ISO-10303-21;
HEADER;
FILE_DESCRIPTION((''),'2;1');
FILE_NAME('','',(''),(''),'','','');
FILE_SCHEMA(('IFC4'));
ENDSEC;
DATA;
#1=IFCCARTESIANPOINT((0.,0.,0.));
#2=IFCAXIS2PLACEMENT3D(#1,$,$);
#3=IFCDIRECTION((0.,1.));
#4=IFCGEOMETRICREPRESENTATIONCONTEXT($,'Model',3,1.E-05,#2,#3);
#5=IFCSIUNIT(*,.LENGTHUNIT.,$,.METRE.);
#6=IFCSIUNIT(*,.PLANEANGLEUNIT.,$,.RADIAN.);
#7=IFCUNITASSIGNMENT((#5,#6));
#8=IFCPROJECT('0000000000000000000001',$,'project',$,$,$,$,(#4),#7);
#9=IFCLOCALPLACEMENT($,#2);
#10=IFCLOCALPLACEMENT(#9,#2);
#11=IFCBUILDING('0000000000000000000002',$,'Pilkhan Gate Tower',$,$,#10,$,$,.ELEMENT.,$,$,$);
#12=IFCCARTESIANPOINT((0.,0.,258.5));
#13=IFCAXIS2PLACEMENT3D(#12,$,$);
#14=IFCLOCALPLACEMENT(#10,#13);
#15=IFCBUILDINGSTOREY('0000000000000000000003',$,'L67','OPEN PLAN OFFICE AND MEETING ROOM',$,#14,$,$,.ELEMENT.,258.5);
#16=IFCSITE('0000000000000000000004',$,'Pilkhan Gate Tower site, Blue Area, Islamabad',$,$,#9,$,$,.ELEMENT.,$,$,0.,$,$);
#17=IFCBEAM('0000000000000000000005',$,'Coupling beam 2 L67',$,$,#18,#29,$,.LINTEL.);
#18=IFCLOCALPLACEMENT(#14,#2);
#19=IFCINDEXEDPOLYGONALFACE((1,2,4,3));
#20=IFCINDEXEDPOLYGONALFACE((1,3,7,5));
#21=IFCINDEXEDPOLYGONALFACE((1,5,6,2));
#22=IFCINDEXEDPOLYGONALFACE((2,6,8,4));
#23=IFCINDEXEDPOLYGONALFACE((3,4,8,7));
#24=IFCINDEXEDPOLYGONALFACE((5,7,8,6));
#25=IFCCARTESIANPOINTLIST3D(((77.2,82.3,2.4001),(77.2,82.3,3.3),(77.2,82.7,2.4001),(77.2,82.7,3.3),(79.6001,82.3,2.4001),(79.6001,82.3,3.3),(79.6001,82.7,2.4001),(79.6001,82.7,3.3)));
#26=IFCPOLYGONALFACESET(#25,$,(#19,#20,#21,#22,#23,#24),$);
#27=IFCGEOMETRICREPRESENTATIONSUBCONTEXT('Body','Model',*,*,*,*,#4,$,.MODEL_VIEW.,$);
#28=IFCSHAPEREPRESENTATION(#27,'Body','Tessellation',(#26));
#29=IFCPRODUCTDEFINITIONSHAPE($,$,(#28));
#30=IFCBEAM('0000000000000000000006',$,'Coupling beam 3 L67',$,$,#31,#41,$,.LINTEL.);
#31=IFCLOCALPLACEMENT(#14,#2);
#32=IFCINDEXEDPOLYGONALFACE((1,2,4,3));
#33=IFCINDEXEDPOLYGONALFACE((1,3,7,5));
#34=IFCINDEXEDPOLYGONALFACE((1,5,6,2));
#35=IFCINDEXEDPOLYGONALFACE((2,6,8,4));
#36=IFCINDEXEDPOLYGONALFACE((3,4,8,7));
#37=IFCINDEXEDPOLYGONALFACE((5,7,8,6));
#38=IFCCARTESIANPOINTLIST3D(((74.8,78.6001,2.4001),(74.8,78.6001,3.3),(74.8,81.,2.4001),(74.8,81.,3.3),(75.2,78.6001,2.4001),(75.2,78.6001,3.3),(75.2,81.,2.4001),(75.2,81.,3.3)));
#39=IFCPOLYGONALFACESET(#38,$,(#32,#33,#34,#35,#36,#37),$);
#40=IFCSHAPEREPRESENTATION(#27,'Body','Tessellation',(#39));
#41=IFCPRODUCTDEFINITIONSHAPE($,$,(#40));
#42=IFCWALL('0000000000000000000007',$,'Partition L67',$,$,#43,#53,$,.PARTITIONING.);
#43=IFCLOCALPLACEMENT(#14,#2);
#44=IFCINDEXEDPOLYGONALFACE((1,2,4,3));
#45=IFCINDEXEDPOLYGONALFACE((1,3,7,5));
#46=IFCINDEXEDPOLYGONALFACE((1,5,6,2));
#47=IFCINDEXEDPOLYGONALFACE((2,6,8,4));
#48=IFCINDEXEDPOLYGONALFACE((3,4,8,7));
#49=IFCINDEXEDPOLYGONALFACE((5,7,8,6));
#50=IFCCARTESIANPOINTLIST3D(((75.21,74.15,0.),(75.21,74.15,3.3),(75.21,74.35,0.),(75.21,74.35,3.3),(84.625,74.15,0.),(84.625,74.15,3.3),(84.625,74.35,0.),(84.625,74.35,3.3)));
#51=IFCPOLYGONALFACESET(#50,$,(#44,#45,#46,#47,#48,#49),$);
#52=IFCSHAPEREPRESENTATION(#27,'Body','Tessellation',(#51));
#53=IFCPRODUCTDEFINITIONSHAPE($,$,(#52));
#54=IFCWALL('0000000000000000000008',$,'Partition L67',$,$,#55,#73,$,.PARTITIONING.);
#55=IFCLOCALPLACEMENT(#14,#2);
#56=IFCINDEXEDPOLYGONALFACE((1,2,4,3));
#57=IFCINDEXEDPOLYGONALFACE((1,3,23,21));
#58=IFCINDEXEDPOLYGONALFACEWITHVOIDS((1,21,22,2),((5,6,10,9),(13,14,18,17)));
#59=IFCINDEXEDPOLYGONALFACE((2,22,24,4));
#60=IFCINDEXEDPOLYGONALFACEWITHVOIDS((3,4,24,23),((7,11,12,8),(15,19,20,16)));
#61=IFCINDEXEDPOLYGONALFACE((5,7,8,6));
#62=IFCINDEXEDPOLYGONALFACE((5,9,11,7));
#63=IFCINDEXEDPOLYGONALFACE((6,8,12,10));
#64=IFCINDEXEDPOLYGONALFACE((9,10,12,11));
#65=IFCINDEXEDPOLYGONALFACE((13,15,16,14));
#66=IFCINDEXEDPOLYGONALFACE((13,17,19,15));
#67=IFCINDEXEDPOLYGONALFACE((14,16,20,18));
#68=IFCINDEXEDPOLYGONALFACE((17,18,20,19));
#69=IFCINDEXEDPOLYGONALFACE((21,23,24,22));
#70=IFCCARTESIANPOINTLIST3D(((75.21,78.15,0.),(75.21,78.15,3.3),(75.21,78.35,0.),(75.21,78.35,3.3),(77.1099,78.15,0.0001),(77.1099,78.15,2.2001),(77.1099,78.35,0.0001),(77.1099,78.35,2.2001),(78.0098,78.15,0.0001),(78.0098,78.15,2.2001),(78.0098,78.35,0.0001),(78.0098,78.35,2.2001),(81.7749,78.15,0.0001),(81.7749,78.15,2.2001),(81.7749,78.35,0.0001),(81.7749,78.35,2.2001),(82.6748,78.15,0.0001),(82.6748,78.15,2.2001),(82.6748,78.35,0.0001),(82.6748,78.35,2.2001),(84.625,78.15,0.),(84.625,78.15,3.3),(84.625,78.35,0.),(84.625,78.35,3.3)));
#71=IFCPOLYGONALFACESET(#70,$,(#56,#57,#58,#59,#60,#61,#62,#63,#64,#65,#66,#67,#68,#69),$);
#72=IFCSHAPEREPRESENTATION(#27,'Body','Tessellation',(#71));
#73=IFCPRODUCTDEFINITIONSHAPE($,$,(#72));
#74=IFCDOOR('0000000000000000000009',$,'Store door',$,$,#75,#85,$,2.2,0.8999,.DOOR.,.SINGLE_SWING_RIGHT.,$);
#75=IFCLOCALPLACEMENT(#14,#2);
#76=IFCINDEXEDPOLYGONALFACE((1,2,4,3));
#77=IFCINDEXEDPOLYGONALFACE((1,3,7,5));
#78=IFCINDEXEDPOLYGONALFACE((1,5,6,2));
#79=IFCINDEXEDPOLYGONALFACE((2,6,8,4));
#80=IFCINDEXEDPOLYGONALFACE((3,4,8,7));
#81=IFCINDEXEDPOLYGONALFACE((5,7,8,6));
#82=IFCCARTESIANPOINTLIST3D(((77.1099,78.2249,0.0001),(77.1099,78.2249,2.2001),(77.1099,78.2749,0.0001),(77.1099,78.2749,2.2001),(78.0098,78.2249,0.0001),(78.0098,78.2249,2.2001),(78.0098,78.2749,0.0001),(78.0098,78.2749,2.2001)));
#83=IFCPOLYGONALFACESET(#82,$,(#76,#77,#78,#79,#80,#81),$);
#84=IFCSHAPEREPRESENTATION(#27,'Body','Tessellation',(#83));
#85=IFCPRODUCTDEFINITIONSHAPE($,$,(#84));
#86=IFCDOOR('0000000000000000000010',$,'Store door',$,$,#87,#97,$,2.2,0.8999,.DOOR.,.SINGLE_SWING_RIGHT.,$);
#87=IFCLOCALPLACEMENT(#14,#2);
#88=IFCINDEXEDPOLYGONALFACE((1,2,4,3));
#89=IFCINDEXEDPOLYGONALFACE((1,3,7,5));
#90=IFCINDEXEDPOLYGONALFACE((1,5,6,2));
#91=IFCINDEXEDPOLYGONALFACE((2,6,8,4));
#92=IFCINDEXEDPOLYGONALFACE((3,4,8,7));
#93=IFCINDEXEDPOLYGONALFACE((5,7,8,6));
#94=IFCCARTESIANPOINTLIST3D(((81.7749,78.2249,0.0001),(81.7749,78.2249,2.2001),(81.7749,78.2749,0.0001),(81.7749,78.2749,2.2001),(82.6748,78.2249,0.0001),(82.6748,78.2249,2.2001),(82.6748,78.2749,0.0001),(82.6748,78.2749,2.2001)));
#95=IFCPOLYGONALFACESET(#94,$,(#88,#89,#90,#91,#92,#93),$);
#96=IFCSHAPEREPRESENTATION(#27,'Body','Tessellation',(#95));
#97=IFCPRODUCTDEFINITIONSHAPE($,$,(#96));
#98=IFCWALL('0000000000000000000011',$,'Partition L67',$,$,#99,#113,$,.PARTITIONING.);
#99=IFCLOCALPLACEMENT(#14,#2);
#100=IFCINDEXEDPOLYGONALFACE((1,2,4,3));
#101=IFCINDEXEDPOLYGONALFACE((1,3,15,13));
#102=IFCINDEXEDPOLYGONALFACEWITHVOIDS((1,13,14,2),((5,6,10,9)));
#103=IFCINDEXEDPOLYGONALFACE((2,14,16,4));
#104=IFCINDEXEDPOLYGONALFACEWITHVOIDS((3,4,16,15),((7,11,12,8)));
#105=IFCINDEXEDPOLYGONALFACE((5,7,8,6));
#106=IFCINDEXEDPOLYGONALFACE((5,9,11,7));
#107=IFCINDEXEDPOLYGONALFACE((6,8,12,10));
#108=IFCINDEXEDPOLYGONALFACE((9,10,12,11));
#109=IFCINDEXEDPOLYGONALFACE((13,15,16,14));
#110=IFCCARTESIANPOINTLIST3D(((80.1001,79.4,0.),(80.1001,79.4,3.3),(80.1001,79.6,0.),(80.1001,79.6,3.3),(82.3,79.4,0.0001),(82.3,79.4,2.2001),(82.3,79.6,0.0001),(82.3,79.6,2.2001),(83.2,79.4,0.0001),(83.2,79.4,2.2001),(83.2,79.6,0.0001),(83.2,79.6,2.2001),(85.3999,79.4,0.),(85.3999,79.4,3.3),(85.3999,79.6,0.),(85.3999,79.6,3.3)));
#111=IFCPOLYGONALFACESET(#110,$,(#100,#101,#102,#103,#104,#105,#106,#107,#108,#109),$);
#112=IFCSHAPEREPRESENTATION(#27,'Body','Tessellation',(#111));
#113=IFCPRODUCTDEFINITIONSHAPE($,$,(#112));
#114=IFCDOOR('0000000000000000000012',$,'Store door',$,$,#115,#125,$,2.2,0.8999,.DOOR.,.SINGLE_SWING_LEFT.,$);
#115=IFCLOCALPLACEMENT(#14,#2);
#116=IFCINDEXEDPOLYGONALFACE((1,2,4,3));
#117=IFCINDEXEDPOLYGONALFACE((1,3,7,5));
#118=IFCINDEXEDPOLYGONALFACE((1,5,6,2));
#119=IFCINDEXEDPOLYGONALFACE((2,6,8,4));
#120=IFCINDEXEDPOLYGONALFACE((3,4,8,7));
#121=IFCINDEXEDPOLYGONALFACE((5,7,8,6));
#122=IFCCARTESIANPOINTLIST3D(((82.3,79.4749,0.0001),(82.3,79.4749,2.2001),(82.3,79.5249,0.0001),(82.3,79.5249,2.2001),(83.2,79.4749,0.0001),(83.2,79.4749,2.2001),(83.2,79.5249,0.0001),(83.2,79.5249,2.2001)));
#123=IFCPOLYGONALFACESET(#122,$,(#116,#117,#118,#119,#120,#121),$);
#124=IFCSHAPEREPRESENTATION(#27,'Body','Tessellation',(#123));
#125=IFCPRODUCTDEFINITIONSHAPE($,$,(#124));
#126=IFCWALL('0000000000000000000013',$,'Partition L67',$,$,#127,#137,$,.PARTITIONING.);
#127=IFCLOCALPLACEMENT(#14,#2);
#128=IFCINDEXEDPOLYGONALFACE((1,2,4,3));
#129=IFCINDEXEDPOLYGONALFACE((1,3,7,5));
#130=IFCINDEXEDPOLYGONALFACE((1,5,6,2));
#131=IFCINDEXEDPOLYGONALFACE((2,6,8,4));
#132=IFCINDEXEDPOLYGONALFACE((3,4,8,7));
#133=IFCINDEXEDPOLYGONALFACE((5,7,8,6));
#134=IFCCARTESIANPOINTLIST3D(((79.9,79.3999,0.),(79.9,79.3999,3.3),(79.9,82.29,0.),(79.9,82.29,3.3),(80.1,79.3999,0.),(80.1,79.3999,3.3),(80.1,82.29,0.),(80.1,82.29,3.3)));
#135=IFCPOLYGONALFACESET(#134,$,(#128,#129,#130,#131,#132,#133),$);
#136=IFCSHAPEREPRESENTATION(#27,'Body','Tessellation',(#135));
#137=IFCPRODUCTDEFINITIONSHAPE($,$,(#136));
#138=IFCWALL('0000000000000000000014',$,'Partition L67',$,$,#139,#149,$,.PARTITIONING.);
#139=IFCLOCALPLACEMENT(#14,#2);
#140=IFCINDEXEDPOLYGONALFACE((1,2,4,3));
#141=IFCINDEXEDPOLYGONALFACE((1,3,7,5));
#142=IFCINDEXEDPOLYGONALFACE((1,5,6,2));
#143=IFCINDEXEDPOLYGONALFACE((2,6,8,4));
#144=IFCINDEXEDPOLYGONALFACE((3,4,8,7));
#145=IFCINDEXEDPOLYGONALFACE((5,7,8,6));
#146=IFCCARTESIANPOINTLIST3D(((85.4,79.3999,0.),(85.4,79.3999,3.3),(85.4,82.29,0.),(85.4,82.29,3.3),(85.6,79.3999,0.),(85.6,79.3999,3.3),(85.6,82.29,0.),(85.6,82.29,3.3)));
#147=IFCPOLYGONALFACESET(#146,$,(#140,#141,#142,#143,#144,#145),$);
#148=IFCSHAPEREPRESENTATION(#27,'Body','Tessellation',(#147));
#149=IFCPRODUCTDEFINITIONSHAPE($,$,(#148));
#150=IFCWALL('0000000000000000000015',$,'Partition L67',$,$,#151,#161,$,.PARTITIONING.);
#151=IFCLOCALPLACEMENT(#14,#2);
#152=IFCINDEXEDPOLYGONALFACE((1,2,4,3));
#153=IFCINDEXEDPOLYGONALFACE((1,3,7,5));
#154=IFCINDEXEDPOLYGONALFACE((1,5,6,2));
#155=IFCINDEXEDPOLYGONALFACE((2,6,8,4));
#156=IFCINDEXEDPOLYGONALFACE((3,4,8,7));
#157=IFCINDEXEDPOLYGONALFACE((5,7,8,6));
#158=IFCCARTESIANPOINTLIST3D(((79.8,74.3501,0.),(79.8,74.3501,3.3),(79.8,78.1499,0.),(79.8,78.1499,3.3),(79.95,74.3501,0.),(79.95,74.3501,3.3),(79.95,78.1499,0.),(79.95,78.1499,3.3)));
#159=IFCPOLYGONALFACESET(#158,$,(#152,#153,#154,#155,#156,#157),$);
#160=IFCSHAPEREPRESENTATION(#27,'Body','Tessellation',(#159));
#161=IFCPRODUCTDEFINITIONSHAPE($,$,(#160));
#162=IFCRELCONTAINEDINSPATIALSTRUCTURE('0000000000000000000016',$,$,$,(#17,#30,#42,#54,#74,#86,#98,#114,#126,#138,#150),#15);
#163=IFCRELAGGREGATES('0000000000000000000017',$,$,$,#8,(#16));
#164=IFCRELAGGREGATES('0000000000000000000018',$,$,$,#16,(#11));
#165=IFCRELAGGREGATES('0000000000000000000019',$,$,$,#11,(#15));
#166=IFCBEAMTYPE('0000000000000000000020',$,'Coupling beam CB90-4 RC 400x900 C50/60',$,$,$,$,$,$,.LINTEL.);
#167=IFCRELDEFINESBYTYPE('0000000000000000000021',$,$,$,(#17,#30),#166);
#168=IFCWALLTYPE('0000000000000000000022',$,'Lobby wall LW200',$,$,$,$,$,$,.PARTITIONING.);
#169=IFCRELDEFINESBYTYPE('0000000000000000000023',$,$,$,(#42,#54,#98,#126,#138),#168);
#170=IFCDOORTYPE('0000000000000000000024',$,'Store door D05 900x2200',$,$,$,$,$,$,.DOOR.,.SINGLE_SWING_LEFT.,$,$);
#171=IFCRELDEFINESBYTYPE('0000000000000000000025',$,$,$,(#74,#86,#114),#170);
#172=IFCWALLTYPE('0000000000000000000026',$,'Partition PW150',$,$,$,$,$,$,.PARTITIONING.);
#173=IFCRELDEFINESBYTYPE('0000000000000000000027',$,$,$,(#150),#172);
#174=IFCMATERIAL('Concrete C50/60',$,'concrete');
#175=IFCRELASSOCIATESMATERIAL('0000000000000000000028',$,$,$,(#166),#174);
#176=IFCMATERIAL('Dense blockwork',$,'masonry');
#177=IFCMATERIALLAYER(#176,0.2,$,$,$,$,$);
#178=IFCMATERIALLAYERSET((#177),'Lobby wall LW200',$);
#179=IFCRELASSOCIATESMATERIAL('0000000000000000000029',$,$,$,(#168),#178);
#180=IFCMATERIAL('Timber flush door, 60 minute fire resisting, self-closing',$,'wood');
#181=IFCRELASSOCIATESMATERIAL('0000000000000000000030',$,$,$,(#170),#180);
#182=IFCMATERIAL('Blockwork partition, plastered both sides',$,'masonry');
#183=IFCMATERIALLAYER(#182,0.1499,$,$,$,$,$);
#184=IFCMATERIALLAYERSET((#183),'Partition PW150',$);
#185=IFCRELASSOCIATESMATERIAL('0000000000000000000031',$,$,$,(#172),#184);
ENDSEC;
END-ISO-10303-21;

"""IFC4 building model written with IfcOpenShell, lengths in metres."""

from ifc_helpers import new_model, si_unit, direction, frame, frame_2d, origin, origin_2d, place, context, subcontext, project, spatial, rectangle, extrude, material, layer, layer_set, material_profile, profile_set, type_object, element, fill, save


model = new_model("IFC4")

# Units and contexts
model_context = context("Model", 3, precision=1e-05, world=origin(), true_north=direction((0.0, 1.0)))
body_context = subcontext(model_context, "Body", "Model", "MODEL_VIEW")
ifc_project = project(units=[si_unit("LENGTHUNIT", "METRE"), si_unit("PLANEANGLEUNIT", "RADIAN")], contexts=[model_context])

# Site, building, storey
site_placement = place(None, origin())
site = spatial("IfcSite", under=ifc_project, at=site_placement, Name="Pilkhan Gate Tower site, Blue Area, Islamabad", CompositionType="ELEMENT", RefElevation=0.0)
building_placement = place(site_placement, origin())
building = spatial("IfcBuilding", under=site, at=building_placement, Name="Pilkhan Gate Tower", CompositionType="ELEMENT")
storey_placement = place(building_placement, frame((0.0, 0.0, 258.5)))
storey = spatial("IfcBuildingStorey", under=building, at=storey_placement, Name="L67", Description="OPEN PLAN OFFICE AND MEETING ROOM", CompositionType="ELEMENT", Elevation=258.5)

# Beams
ifc_material_1 = material(Name="Concrete C50/60", Category="concrete")
ifc_material_profile = material_profile(ifc_material_1, rectangle(XDim=0.3999, YDim=0.8999, at=origin_2d()), Name="RC 400x900")
ifc_profile_set = profile_set([ifc_material_profile], Name="Concrete C50/60")
beam_type = type_object("IfcBeamType", Name="Coupling beam CB90-4 RC 400x900 C50/60", PredefinedType="LINTEL", material=ifc_profile_set)
beam_1_placement = place(storey_placement, frame((77.2, 82.5, 2.8501), z_axis=(1.0, 0.0, 0.0), x_axis=(0.0, 1.0, 0.0)))
element("IfcBeam", 1, at=beam_1_placement, inside=storey, type_object=beam_type, Name="Coupling beam 2 L67", PredefinedType="LINTEL", context=body_context, shape_type="SweptSolid", body=[
    extrude(rectangle(XDim=0.3999, YDim=0.8999, at=origin_2d()), origin(), (0.0, 0.0, 1.0), 2.4001),
])
beam_2_placement = place(storey_placement, frame((75.0, 78.6001, 2.8501), z_axis=(0.0, 1.0, 0.0), x_axis=(-1.0, 0.0, 0.0)))
element("IfcBeam", 2, at=beam_2_placement, inside=storey, type_object=beam_type, Name="Coupling beam 3 L67", PredefinedType="LINTEL", context=body_context, shape_type="SweptSolid", body=[
    extrude(rectangle(XDim=0.3999, YDim=0.8999, at=origin_2d()), origin(), (0.0, 0.0, 1.0), 2.3999),
])

# Wall
ifc_material_2 = material(Name="Dense blockwork", Category="masonry")
ifc_layer_1 = layer(ifc_material_2, 0.2)
ifc_layer_set_1 = layer_set([ifc_layer_1], Name="Lobby wall LW200")
wall_type_1 = type_object("IfcWallType", Name="Lobby wall LW200", PredefinedType="PARTITIONING", material=ifc_layer_set_1)
wall_1_placement = place(storey_placement, frame((75.21, 74.25, 0.0), z_axis=(0.0, 0.0, 1.0), x_axis=(1.0, 0.0, 0.0)))
element("IfcWall", 3, at=wall_1_placement, inside=storey, type_object=wall_type_1, Name="Partition L67", PredefinedType="PARTITIONING", context=body_context, shape_type="SweptSolid", body=[
    extrude(rectangle(XDim=9.415, YDim=0.2, at=frame_2d((4.7075, 0.0))), origin(), (0.0, 0.0, 1.0), 3.3),
])

# Wall, openings, doors
wall_2_placement = place(storey_placement, frame((75.21, 78.25, 0.0), z_axis=(0.0, 0.0, 1.0), x_axis=(1.0, 0.0, 0.0)))
wall_2 = element("IfcWall", 4, at=wall_2_placement, inside=storey, type_object=wall_type_1, Name="Partition L67", PredefinedType="PARTITIONING", context=body_context, shape_type="SweptSolid", body=[
    extrude(rectangle(XDim=9.415, YDim=0.2, at=frame_2d((4.7075, 0.0))), origin(), (0.0, 0.0, 1.0), 3.3),
])
opening_1_placement = place(wall_2_placement, frame((1.8999, 0.0, 0.0)))
opening_1 = element("IfcOpeningElement", 5, at=opening_1_placement, cuts=wall_2, PredefinedType="OPENING", context=body_context, shape_type="SweptSolid", body=[
    extrude(rectangle(XDim=0.8999, YDim=2.2, at=frame_2d((0.45, 1.1001))), frame((0.0, 0.1099, 0.0), z_axis=(0.0, -1.0, 0.0), x_axis=(1.0, 0.0, 0.0)), (0.0, 0.0, 1.0), 0.22),
])
opening_2_placement = place(wall_2_placement, frame((6.5649, 0.0, 0.0)))
opening_2 = element("IfcOpeningElement", 6, at=opening_2_placement, cuts=wall_2, PredefinedType="OPENING", context=body_context, shape_type="SweptSolid", body=[
    extrude(rectangle(XDim=0.8999, YDim=2.2, at=frame_2d((0.45, 1.1001))), frame((0.0, 0.1099, 0.0), z_axis=(0.0, -1.0, 0.0), x_axis=(1.0, 0.0, 0.0)), (0.0, 0.0, 1.0), 0.22),
])
ifc_material_3 = material(Name="Timber flush door, 60 minute fire resisting, self-closing", Category="wood")
door_type_1 = type_object("IfcDoorType", Name="Store door D05 900x2200", OperationType="SINGLE_SWING_LEFT", PredefinedType="DOOR", material=ifc_material_3)
door_1_placement = place(opening_1_placement, origin())
door_1 = element("IfcDoor", 7, at=door_1_placement, inside=storey, type_object=door_type_1, Name="Store door", OperationType="SINGLE_SWING_RIGHT", OverallHeight=2.2, OverallWidth=0.8999, PredefinedType="DOOR", context=body_context, shape_type="SweptSolid", body=[
    extrude(rectangle(XDim=0.8999, YDim=2.2, at=frame_2d((0.45, 1.1001))), frame((0.0, 0.0249, 0.0), z_axis=(0.0, -1.0, 0.0), x_axis=(1.0, 0.0, 0.0)), (0.0, 0.0, 1.0), 0.05),
])
fill(opening_1, door_1)
door_2_placement = place(opening_2_placement, origin())
door_2 = element("IfcDoor", 8, at=door_2_placement, inside=storey, type_object=door_type_1, Name="Store door", OperationType="SINGLE_SWING_RIGHT", OverallHeight=2.2, OverallWidth=0.8999, PredefinedType="DOOR", context=body_context, shape_type="SweptSolid", body=[
    extrude(rectangle(XDim=0.8999, YDim=2.2, at=frame_2d((0.45, 1.1001))), frame((0.0, 0.0249, 0.0), z_axis=(0.0, -1.0, 0.0), x_axis=(1.0, 0.0, 0.0)), (0.0, 0.0, 1.0), 0.05),
])
fill(opening_2, door_2)

# Wall, opening, door
wall_3_placement = place(storey_placement, frame((80.1001, 79.5, 0.0), z_axis=(0.0, 0.0, 1.0), x_axis=(1.0, 0.0, 0.0)))
wall_3 = element("IfcWall", 9, at=wall_3_placement, inside=storey, type_object=wall_type_1, Name="Partition L67", PredefinedType="PARTITIONING", context=body_context, shape_type="SweptSolid", body=[
    extrude(rectangle(XDim=5.2998, YDim=0.2, at=frame_2d((2.6499, 0.0))), origin(), (0.0, 0.0, 1.0), 3.3),
])
opening_3_placement = place(wall_3_placement, frame((2.2, 0.0, 0.0)))
opening_3 = element("IfcOpeningElement", 10, at=opening_3_placement, cuts=wall_3, PredefinedType="OPENING", context=body_context, shape_type="SweptSolid", body=[
    extrude(rectangle(XDim=0.8999, YDim=2.2, at=frame_2d((0.45, 1.1001))), frame((0.0, 0.1099, 0.0), z_axis=(0.0, -1.0, 0.0), x_axis=(1.0, 0.0, 0.0)), (0.0, 0.0, 1.0), 0.22),
])
door_3_placement = place(opening_3_placement, origin())
door_3 = element("IfcDoor", 11, at=door_3_placement, inside=storey, type_object=door_type_1, Name="Store door", OperationType="SINGLE_SWING_LEFT", OverallHeight=2.2, OverallWidth=0.8999, PredefinedType="DOOR", context=body_context, shape_type="SweptSolid", body=[
    extrude(rectangle(XDim=0.8999, YDim=2.2, at=frame_2d((0.45, 1.1001))), frame((0.0, 0.0249, 0.0), z_axis=(0.0, -1.0, 0.0), x_axis=(1.0, 0.0, 0.0)), (0.0, 0.0, 1.0), 0.05),
])
fill(opening_3, door_3)

# Walls
for number, where, z_axis, x_axis, name in (
    (12, (80.0, 79.3999, 0.0), (0.0, 0.0, 1.0), (0.0, 1.0, 0.0), "Partition L67"),
    (13, (85.5, 79.3999, 0.0), (0.0, 0.0, 1.0), (0.0, 1.0, 0.0), "Partition L67"),
):
    element("IfcWall", number, at=place(storey_placement, frame(where, z_axis=z_axis, x_axis=x_axis)), inside=storey, type_object=wall_type_1, Name=name, PredefinedType="PARTITIONING", context=body_context, shape_type="SweptSolid", body=[
        extrude(rectangle(XDim=2.8901, YDim=0.2, at=frame_2d((1.4451, 0.0))), origin(), (0.0, 0.0, 1.0), 3.3),
    ])
ifc_material_4 = material(Name="Blockwork partition, plastered both sides", Category="masonry")
ifc_layer_2 = layer(ifc_material_4, 0.1499)
ifc_layer_set_2 = layer_set([ifc_layer_2], Name="Partition PW150")
wall_type_2 = type_object("IfcWallType", Name="Partition PW150", PredefinedType="PARTITIONING", material=ifc_layer_set_2)
wall_4_placement = place(storey_placement, frame((79.875, 74.3501, 0.0), z_axis=(0.0, 0.0, 1.0), x_axis=(0.0, 1.0, 0.0)))
element("IfcWall", 14, at=wall_4_placement, inside=storey, type_object=wall_type_2, Name="Partition L67", PredefinedType="PARTITIONING", context=body_context, shape_type="SweptSolid", body=[
    extrude(rectangle(XDim=3.7998, YDim=0.1499, at=frame_2d((1.8999, 0.0))), origin(), (0.0, 0.0, 1.0), 3.3),
])

save(model, "model.ifc")
